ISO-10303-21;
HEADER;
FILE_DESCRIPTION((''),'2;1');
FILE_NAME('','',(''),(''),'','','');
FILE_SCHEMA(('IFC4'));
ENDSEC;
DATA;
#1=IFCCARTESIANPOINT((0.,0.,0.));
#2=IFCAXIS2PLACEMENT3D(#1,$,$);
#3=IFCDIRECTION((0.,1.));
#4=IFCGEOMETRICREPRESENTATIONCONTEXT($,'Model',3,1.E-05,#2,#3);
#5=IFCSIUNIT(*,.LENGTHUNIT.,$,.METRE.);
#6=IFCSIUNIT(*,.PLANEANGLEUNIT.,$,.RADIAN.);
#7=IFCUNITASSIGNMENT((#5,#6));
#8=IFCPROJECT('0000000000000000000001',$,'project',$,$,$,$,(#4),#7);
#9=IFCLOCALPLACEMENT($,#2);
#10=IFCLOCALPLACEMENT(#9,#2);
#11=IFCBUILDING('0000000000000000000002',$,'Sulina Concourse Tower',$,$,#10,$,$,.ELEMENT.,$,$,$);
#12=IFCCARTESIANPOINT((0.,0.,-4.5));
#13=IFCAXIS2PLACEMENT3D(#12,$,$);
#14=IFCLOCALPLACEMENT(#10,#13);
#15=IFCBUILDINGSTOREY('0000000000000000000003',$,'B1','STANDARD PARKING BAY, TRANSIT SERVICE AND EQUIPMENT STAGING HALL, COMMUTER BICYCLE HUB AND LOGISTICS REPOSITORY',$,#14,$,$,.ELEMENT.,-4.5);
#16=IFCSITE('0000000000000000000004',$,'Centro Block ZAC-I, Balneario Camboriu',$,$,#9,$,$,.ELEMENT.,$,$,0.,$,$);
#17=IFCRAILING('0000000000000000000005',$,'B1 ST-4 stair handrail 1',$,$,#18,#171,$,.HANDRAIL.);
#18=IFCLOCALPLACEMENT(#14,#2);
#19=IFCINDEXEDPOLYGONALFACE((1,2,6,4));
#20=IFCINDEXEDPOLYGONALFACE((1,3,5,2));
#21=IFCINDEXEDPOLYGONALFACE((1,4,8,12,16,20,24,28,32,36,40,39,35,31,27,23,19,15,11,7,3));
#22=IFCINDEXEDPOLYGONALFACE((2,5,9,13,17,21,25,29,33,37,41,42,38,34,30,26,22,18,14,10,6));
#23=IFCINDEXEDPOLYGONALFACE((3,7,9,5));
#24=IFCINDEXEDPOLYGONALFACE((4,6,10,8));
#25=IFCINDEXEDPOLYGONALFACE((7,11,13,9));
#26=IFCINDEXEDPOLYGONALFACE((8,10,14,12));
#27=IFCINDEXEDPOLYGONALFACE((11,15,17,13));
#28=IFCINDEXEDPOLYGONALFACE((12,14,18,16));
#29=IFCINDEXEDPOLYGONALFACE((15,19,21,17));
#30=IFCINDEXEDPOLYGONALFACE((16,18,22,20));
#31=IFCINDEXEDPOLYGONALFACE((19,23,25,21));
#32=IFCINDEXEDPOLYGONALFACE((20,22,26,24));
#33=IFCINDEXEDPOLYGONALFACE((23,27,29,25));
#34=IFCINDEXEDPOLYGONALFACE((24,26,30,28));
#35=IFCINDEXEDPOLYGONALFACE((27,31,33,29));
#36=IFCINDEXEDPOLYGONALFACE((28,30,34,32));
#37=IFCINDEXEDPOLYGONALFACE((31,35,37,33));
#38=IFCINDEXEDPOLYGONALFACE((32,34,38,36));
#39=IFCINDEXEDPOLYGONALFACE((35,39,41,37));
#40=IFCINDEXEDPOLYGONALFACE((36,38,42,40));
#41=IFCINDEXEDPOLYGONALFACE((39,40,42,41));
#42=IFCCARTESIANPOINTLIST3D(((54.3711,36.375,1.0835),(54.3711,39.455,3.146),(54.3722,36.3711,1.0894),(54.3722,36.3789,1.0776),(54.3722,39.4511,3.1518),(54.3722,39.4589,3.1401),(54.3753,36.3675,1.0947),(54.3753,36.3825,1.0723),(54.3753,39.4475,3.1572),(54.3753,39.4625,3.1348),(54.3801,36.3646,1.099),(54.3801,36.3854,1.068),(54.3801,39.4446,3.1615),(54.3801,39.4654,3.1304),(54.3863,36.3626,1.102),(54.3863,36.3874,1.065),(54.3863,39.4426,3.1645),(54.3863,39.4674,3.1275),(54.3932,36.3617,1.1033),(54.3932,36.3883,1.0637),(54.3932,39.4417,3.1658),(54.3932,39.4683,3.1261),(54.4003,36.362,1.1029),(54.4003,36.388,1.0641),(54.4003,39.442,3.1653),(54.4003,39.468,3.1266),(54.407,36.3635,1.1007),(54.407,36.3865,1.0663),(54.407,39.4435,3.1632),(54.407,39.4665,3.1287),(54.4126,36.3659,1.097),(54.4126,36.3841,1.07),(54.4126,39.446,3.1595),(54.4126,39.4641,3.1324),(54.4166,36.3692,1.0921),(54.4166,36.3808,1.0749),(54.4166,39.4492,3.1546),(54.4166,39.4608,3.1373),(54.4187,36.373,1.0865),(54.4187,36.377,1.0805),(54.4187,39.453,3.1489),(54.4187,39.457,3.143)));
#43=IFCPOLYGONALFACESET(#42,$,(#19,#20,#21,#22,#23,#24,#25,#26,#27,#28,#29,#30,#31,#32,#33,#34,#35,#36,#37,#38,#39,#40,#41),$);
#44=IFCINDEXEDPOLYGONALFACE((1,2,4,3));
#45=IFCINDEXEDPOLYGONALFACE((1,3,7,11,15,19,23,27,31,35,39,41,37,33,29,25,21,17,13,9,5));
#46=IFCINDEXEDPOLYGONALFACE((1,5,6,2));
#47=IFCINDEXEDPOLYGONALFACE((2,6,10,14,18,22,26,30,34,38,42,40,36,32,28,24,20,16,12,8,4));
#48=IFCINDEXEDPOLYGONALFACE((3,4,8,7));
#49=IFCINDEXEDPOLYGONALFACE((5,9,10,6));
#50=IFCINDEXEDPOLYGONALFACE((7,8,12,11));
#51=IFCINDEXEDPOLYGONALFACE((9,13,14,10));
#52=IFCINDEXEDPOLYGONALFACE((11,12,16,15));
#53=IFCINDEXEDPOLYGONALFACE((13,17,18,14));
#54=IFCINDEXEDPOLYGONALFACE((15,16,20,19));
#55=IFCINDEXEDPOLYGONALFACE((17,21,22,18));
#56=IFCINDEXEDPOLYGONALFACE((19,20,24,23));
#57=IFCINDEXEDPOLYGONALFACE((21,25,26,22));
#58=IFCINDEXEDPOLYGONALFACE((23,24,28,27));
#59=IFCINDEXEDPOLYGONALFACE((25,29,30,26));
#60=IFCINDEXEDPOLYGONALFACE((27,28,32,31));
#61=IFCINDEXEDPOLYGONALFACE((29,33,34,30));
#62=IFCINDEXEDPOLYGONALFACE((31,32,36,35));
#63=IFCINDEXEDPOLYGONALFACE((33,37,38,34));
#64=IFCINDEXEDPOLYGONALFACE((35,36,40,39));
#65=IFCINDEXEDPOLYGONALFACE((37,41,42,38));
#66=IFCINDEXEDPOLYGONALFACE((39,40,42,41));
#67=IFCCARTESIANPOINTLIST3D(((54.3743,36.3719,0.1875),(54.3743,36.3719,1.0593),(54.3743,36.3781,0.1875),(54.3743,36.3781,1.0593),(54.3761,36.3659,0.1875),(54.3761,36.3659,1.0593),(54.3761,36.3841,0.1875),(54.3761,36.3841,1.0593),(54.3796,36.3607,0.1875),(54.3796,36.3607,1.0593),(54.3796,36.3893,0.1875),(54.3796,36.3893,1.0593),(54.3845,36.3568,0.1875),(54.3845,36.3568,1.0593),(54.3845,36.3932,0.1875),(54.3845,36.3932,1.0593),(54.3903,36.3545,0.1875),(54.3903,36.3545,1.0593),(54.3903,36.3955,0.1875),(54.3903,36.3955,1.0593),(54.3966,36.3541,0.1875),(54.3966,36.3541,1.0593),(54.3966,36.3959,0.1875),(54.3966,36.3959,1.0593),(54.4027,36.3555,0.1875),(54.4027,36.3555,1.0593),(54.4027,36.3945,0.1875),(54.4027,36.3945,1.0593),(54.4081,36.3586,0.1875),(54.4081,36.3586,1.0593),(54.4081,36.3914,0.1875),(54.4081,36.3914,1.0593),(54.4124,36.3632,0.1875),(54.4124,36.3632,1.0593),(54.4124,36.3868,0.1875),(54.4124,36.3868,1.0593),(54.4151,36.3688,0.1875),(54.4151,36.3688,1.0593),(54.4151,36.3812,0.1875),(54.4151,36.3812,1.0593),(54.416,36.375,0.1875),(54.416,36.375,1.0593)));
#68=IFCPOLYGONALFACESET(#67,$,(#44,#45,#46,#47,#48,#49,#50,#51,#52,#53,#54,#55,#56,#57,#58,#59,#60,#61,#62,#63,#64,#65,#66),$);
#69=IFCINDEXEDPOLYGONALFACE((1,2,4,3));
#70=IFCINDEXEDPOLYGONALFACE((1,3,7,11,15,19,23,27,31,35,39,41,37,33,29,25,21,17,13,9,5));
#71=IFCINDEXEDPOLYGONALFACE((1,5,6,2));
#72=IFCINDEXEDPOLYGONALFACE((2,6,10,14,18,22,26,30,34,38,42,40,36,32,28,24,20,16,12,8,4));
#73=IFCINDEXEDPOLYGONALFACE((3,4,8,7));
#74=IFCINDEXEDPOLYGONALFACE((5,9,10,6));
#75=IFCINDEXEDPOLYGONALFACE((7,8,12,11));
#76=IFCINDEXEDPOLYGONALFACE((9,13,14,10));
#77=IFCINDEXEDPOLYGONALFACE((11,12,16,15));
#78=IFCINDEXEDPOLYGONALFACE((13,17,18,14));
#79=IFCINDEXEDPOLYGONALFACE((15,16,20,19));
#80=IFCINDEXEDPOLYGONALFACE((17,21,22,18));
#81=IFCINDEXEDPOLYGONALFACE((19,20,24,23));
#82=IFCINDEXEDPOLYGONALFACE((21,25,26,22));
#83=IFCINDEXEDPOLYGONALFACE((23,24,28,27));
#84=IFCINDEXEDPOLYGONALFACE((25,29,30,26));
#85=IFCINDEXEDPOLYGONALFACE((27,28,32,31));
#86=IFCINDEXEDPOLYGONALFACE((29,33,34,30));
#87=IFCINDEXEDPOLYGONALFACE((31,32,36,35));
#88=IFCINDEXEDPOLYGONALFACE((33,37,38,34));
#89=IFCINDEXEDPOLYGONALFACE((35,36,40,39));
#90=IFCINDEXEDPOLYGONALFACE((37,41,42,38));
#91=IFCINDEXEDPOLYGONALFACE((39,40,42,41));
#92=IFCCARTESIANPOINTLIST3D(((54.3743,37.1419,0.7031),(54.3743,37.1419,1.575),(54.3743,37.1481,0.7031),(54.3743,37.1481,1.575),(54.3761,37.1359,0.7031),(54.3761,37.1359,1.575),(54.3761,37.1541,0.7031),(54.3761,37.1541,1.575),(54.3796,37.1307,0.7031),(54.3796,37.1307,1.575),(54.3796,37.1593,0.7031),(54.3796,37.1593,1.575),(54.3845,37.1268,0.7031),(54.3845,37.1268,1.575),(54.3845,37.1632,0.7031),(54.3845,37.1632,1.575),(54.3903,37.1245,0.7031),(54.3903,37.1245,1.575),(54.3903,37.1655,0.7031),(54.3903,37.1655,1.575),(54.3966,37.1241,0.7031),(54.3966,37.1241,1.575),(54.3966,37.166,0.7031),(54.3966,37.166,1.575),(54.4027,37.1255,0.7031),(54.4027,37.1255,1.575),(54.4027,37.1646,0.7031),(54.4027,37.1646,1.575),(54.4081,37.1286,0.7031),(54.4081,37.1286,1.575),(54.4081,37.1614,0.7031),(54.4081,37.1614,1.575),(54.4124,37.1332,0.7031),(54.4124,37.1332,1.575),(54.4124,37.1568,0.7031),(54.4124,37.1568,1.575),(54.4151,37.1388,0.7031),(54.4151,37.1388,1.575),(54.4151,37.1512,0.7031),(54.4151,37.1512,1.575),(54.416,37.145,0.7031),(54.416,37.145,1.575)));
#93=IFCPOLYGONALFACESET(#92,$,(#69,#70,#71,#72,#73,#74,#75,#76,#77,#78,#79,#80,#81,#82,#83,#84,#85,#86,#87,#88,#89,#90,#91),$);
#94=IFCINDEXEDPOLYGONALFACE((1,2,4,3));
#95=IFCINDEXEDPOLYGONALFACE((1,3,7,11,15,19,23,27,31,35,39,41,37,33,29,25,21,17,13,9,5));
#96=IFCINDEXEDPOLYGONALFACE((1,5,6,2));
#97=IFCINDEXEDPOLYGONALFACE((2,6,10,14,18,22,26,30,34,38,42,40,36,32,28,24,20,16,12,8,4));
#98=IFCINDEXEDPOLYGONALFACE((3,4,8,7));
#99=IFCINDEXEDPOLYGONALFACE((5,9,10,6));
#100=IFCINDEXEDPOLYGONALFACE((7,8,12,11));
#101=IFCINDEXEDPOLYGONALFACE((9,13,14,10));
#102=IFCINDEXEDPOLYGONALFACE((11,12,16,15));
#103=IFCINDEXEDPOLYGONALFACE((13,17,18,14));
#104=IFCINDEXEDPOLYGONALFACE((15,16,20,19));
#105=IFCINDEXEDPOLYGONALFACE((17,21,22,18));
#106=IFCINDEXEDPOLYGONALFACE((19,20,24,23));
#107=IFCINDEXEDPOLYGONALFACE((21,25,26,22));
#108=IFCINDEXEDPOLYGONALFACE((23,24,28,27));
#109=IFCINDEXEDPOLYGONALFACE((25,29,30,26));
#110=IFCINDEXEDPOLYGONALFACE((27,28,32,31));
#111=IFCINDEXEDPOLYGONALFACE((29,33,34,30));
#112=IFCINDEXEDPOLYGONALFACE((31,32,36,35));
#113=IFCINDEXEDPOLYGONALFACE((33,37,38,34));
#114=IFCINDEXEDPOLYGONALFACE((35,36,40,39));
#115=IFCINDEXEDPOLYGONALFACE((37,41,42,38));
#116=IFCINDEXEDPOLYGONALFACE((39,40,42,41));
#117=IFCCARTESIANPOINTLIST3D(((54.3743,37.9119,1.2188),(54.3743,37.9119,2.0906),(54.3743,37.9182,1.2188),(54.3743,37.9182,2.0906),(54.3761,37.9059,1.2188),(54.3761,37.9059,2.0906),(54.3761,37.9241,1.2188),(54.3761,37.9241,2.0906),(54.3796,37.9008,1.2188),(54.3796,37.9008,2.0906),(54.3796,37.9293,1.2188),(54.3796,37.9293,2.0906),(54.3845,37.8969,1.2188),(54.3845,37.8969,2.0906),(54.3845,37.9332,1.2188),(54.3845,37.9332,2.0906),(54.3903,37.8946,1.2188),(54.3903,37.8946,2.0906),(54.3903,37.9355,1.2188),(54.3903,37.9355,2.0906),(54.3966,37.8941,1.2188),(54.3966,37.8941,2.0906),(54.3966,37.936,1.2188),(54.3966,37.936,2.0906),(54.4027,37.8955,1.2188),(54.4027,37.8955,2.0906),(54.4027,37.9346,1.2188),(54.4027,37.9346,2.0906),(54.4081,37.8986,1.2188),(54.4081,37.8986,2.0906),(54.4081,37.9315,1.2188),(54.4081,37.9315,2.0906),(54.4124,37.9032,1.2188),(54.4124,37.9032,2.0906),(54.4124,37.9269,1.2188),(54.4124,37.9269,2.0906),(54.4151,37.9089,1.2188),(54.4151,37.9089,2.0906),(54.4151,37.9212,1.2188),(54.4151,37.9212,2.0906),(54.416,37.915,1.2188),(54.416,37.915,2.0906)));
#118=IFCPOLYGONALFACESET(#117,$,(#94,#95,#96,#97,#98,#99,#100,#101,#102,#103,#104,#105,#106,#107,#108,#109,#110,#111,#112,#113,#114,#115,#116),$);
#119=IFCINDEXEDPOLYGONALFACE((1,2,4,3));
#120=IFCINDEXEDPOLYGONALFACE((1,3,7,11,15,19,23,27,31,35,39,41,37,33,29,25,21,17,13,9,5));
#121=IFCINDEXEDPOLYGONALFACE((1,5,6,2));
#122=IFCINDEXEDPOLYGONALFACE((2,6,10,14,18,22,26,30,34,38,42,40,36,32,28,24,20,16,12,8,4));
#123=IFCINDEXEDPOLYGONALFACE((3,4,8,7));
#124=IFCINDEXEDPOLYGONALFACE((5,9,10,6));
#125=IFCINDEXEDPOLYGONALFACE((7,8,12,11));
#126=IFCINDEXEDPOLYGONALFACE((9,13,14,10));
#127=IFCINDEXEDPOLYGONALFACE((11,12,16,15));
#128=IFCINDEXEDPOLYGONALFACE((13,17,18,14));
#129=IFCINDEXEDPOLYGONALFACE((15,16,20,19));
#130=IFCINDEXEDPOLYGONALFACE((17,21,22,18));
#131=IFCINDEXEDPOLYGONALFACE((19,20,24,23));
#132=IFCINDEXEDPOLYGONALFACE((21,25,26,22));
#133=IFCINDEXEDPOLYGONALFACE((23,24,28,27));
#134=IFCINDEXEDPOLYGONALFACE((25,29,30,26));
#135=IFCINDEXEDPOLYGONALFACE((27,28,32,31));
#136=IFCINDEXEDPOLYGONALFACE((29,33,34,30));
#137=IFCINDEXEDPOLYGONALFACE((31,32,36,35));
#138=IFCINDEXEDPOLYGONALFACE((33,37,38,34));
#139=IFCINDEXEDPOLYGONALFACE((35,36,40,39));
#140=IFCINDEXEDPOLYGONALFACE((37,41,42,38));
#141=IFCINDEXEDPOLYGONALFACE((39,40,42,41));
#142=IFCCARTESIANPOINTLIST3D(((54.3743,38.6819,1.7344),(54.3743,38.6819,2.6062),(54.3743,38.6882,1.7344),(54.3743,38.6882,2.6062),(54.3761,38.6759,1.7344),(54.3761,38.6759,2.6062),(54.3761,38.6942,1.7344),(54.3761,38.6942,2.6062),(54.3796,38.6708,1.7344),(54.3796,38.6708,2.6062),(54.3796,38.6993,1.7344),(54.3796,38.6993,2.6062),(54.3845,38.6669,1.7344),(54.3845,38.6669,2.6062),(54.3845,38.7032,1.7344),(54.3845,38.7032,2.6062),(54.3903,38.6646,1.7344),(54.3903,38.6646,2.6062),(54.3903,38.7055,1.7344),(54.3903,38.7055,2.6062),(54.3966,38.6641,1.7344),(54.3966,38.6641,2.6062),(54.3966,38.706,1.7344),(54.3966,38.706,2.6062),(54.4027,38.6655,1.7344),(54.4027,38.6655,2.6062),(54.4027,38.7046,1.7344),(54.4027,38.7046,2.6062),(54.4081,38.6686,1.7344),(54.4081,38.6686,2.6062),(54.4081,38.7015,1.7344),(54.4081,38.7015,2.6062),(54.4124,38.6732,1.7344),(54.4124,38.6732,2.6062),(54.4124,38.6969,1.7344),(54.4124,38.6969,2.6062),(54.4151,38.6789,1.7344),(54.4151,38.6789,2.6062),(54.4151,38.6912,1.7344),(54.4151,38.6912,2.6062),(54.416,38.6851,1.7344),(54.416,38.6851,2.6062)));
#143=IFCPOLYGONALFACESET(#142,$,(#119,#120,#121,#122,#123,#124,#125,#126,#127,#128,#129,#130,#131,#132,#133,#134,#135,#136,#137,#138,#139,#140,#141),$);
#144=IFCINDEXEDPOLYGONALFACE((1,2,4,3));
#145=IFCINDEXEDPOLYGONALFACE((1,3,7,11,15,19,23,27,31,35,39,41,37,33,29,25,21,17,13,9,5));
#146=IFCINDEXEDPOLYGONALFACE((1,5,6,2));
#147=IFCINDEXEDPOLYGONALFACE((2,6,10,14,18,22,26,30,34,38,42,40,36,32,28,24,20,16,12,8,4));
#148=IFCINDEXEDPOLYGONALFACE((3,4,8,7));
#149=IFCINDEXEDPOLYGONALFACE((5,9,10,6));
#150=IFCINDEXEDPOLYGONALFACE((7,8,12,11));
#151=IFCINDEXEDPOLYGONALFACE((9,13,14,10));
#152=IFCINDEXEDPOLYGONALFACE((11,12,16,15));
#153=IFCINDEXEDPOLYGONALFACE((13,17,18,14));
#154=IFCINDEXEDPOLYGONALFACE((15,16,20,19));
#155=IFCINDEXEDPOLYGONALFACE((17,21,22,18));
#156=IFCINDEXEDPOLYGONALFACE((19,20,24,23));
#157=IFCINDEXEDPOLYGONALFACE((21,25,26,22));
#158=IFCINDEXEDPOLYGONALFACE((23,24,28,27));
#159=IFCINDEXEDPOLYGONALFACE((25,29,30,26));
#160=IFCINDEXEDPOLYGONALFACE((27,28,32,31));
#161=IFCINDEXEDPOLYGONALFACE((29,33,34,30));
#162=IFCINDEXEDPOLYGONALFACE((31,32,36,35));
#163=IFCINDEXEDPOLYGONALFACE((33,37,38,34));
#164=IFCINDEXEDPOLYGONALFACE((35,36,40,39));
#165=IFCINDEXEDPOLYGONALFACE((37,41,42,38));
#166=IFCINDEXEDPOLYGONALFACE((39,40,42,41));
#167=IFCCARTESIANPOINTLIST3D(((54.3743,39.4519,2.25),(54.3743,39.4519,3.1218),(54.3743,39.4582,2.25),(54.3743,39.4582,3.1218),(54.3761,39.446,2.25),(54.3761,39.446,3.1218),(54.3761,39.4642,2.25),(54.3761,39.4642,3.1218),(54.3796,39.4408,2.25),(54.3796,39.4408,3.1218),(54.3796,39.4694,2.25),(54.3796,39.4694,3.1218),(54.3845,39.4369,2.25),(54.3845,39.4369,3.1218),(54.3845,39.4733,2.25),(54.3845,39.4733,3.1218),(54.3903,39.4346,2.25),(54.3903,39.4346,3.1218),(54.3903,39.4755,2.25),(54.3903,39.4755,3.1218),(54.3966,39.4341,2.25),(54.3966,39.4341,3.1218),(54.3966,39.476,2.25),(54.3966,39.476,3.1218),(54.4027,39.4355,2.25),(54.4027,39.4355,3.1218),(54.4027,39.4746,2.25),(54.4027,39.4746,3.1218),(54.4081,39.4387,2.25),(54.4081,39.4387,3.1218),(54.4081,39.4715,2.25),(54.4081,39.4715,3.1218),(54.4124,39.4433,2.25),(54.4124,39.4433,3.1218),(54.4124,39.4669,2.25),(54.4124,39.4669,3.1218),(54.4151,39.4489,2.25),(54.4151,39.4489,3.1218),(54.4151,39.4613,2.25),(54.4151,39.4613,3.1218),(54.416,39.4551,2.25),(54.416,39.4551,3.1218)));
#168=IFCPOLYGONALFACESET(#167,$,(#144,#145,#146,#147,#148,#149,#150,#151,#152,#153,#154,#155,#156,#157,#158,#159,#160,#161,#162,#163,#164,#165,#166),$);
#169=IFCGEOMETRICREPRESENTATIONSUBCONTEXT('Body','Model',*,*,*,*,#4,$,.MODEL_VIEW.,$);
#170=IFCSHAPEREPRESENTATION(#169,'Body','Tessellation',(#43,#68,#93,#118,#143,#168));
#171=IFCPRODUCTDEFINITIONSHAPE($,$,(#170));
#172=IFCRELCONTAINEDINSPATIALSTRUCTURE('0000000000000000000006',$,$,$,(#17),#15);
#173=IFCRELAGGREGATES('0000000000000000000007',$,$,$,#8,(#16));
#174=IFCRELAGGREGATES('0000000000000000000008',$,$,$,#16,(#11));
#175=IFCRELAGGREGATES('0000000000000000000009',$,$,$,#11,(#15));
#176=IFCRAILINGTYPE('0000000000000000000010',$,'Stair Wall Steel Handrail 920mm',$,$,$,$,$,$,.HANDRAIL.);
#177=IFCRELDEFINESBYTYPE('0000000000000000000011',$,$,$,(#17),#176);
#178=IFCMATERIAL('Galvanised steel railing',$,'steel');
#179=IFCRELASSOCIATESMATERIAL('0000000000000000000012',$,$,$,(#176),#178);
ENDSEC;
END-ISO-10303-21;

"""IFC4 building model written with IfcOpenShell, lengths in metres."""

from ifc_helpers import new_model, si_unit, direction, frame, origin, origin_2d, place, context, subcontext, project, spatial, circle, extrude, material, type_object, element, save


model = new_model("IFC4")

# Units and contexts
model_context = context("Model", 3, precision=1e-05, world=origin(), true_north=direction((0.0, 1.0)))
body_context = subcontext(model_context, "Body", "Model", "MODEL_VIEW")
ifc_project = project(units=[si_unit("LENGTHUNIT", "METRE"), si_unit("PLANEANGLEUNIT", "RADIAN")], contexts=[model_context])

# Site, building, storey
site_placement = place(None, origin())
site = spatial("IfcSite", under=ifc_project, at=site_placement, Name="Centro Block ZAC-I, Balneario Camboriu", CompositionType="ELEMENT", RefElevation=0.0)
building_placement = place(site_placement, origin())
building = spatial("IfcBuilding", under=site, at=building_placement, Name="Sulina Concourse Tower", CompositionType="ELEMENT")
storey_placement = place(building_placement, frame((0.0, 0.0, -4.5)))
storey = spatial("IfcBuildingStorey", under=building, at=storey_placement, Name="B1", Description="STANDARD PARKING BAY, TRANSIT SERVICE AND EQUIPMENT STAGING HALL, COMMUTER BICYCLE HUB AND LOGISTICS REPOSITORY", CompositionType="ELEMENT", Elevation=-4.5)

# Railing
ifc_material_1 = material(Name="Galvanised steel railing", Category="steel")
railing_type_1 = type_object("IfcRailingType", Name="Stair Wall Steel Handrail 920mm", PredefinedType="HANDRAIL", material=ifc_material_1)
for number, where, name in (
    (1, (54.395, 36.375, 0.1875), "B1 ST-4 stair handrail 1"),
):
    element("IfcRailing", number, at=place(storey_placement, frame(where)), inside=storey, type_object=railing_type_1, Name=name, PredefinedType="HANDRAIL", context=body_context, shape_type="SweptSolid", body=[
        extrude(circle(Radius=0.0239, at=origin_2d()), frame((0.0, 0.0, 0.896), z_axis=(0.0, 0.830914, 0.556401), x_axis=(-1.0, 0.0, 0.0)), (0.0, 0.0, 1.0), 3.7068),
        extrude(circle(Radius=0.021, at=origin_2d()), origin(), (0.0, 0.0, 1.0), 0.8718),
        extrude(circle(Radius=0.021, at=origin_2d()), frame((0.0, 0.77, 0.5156)), (0.0, 0.0, 1.0), 0.8718),
        extrude(circle(Radius=0.021, at=origin_2d()), frame((0.0, 1.54, 1.0312)), (0.0, 0.0, 1.0), 0.8718),
        extrude(circle(Radius=0.021, at=origin_2d()), frame((0.0, 2.3101, 1.5469)), (0.0, 0.0, 1.0), 0.8718),
        extrude(circle(Radius=0.021, at=origin_2d()), frame((0.0, 3.0801, 2.0625)), (0.0, 0.0, 1.0), 0.8718),
    ])

save(model, "model.ifc")
